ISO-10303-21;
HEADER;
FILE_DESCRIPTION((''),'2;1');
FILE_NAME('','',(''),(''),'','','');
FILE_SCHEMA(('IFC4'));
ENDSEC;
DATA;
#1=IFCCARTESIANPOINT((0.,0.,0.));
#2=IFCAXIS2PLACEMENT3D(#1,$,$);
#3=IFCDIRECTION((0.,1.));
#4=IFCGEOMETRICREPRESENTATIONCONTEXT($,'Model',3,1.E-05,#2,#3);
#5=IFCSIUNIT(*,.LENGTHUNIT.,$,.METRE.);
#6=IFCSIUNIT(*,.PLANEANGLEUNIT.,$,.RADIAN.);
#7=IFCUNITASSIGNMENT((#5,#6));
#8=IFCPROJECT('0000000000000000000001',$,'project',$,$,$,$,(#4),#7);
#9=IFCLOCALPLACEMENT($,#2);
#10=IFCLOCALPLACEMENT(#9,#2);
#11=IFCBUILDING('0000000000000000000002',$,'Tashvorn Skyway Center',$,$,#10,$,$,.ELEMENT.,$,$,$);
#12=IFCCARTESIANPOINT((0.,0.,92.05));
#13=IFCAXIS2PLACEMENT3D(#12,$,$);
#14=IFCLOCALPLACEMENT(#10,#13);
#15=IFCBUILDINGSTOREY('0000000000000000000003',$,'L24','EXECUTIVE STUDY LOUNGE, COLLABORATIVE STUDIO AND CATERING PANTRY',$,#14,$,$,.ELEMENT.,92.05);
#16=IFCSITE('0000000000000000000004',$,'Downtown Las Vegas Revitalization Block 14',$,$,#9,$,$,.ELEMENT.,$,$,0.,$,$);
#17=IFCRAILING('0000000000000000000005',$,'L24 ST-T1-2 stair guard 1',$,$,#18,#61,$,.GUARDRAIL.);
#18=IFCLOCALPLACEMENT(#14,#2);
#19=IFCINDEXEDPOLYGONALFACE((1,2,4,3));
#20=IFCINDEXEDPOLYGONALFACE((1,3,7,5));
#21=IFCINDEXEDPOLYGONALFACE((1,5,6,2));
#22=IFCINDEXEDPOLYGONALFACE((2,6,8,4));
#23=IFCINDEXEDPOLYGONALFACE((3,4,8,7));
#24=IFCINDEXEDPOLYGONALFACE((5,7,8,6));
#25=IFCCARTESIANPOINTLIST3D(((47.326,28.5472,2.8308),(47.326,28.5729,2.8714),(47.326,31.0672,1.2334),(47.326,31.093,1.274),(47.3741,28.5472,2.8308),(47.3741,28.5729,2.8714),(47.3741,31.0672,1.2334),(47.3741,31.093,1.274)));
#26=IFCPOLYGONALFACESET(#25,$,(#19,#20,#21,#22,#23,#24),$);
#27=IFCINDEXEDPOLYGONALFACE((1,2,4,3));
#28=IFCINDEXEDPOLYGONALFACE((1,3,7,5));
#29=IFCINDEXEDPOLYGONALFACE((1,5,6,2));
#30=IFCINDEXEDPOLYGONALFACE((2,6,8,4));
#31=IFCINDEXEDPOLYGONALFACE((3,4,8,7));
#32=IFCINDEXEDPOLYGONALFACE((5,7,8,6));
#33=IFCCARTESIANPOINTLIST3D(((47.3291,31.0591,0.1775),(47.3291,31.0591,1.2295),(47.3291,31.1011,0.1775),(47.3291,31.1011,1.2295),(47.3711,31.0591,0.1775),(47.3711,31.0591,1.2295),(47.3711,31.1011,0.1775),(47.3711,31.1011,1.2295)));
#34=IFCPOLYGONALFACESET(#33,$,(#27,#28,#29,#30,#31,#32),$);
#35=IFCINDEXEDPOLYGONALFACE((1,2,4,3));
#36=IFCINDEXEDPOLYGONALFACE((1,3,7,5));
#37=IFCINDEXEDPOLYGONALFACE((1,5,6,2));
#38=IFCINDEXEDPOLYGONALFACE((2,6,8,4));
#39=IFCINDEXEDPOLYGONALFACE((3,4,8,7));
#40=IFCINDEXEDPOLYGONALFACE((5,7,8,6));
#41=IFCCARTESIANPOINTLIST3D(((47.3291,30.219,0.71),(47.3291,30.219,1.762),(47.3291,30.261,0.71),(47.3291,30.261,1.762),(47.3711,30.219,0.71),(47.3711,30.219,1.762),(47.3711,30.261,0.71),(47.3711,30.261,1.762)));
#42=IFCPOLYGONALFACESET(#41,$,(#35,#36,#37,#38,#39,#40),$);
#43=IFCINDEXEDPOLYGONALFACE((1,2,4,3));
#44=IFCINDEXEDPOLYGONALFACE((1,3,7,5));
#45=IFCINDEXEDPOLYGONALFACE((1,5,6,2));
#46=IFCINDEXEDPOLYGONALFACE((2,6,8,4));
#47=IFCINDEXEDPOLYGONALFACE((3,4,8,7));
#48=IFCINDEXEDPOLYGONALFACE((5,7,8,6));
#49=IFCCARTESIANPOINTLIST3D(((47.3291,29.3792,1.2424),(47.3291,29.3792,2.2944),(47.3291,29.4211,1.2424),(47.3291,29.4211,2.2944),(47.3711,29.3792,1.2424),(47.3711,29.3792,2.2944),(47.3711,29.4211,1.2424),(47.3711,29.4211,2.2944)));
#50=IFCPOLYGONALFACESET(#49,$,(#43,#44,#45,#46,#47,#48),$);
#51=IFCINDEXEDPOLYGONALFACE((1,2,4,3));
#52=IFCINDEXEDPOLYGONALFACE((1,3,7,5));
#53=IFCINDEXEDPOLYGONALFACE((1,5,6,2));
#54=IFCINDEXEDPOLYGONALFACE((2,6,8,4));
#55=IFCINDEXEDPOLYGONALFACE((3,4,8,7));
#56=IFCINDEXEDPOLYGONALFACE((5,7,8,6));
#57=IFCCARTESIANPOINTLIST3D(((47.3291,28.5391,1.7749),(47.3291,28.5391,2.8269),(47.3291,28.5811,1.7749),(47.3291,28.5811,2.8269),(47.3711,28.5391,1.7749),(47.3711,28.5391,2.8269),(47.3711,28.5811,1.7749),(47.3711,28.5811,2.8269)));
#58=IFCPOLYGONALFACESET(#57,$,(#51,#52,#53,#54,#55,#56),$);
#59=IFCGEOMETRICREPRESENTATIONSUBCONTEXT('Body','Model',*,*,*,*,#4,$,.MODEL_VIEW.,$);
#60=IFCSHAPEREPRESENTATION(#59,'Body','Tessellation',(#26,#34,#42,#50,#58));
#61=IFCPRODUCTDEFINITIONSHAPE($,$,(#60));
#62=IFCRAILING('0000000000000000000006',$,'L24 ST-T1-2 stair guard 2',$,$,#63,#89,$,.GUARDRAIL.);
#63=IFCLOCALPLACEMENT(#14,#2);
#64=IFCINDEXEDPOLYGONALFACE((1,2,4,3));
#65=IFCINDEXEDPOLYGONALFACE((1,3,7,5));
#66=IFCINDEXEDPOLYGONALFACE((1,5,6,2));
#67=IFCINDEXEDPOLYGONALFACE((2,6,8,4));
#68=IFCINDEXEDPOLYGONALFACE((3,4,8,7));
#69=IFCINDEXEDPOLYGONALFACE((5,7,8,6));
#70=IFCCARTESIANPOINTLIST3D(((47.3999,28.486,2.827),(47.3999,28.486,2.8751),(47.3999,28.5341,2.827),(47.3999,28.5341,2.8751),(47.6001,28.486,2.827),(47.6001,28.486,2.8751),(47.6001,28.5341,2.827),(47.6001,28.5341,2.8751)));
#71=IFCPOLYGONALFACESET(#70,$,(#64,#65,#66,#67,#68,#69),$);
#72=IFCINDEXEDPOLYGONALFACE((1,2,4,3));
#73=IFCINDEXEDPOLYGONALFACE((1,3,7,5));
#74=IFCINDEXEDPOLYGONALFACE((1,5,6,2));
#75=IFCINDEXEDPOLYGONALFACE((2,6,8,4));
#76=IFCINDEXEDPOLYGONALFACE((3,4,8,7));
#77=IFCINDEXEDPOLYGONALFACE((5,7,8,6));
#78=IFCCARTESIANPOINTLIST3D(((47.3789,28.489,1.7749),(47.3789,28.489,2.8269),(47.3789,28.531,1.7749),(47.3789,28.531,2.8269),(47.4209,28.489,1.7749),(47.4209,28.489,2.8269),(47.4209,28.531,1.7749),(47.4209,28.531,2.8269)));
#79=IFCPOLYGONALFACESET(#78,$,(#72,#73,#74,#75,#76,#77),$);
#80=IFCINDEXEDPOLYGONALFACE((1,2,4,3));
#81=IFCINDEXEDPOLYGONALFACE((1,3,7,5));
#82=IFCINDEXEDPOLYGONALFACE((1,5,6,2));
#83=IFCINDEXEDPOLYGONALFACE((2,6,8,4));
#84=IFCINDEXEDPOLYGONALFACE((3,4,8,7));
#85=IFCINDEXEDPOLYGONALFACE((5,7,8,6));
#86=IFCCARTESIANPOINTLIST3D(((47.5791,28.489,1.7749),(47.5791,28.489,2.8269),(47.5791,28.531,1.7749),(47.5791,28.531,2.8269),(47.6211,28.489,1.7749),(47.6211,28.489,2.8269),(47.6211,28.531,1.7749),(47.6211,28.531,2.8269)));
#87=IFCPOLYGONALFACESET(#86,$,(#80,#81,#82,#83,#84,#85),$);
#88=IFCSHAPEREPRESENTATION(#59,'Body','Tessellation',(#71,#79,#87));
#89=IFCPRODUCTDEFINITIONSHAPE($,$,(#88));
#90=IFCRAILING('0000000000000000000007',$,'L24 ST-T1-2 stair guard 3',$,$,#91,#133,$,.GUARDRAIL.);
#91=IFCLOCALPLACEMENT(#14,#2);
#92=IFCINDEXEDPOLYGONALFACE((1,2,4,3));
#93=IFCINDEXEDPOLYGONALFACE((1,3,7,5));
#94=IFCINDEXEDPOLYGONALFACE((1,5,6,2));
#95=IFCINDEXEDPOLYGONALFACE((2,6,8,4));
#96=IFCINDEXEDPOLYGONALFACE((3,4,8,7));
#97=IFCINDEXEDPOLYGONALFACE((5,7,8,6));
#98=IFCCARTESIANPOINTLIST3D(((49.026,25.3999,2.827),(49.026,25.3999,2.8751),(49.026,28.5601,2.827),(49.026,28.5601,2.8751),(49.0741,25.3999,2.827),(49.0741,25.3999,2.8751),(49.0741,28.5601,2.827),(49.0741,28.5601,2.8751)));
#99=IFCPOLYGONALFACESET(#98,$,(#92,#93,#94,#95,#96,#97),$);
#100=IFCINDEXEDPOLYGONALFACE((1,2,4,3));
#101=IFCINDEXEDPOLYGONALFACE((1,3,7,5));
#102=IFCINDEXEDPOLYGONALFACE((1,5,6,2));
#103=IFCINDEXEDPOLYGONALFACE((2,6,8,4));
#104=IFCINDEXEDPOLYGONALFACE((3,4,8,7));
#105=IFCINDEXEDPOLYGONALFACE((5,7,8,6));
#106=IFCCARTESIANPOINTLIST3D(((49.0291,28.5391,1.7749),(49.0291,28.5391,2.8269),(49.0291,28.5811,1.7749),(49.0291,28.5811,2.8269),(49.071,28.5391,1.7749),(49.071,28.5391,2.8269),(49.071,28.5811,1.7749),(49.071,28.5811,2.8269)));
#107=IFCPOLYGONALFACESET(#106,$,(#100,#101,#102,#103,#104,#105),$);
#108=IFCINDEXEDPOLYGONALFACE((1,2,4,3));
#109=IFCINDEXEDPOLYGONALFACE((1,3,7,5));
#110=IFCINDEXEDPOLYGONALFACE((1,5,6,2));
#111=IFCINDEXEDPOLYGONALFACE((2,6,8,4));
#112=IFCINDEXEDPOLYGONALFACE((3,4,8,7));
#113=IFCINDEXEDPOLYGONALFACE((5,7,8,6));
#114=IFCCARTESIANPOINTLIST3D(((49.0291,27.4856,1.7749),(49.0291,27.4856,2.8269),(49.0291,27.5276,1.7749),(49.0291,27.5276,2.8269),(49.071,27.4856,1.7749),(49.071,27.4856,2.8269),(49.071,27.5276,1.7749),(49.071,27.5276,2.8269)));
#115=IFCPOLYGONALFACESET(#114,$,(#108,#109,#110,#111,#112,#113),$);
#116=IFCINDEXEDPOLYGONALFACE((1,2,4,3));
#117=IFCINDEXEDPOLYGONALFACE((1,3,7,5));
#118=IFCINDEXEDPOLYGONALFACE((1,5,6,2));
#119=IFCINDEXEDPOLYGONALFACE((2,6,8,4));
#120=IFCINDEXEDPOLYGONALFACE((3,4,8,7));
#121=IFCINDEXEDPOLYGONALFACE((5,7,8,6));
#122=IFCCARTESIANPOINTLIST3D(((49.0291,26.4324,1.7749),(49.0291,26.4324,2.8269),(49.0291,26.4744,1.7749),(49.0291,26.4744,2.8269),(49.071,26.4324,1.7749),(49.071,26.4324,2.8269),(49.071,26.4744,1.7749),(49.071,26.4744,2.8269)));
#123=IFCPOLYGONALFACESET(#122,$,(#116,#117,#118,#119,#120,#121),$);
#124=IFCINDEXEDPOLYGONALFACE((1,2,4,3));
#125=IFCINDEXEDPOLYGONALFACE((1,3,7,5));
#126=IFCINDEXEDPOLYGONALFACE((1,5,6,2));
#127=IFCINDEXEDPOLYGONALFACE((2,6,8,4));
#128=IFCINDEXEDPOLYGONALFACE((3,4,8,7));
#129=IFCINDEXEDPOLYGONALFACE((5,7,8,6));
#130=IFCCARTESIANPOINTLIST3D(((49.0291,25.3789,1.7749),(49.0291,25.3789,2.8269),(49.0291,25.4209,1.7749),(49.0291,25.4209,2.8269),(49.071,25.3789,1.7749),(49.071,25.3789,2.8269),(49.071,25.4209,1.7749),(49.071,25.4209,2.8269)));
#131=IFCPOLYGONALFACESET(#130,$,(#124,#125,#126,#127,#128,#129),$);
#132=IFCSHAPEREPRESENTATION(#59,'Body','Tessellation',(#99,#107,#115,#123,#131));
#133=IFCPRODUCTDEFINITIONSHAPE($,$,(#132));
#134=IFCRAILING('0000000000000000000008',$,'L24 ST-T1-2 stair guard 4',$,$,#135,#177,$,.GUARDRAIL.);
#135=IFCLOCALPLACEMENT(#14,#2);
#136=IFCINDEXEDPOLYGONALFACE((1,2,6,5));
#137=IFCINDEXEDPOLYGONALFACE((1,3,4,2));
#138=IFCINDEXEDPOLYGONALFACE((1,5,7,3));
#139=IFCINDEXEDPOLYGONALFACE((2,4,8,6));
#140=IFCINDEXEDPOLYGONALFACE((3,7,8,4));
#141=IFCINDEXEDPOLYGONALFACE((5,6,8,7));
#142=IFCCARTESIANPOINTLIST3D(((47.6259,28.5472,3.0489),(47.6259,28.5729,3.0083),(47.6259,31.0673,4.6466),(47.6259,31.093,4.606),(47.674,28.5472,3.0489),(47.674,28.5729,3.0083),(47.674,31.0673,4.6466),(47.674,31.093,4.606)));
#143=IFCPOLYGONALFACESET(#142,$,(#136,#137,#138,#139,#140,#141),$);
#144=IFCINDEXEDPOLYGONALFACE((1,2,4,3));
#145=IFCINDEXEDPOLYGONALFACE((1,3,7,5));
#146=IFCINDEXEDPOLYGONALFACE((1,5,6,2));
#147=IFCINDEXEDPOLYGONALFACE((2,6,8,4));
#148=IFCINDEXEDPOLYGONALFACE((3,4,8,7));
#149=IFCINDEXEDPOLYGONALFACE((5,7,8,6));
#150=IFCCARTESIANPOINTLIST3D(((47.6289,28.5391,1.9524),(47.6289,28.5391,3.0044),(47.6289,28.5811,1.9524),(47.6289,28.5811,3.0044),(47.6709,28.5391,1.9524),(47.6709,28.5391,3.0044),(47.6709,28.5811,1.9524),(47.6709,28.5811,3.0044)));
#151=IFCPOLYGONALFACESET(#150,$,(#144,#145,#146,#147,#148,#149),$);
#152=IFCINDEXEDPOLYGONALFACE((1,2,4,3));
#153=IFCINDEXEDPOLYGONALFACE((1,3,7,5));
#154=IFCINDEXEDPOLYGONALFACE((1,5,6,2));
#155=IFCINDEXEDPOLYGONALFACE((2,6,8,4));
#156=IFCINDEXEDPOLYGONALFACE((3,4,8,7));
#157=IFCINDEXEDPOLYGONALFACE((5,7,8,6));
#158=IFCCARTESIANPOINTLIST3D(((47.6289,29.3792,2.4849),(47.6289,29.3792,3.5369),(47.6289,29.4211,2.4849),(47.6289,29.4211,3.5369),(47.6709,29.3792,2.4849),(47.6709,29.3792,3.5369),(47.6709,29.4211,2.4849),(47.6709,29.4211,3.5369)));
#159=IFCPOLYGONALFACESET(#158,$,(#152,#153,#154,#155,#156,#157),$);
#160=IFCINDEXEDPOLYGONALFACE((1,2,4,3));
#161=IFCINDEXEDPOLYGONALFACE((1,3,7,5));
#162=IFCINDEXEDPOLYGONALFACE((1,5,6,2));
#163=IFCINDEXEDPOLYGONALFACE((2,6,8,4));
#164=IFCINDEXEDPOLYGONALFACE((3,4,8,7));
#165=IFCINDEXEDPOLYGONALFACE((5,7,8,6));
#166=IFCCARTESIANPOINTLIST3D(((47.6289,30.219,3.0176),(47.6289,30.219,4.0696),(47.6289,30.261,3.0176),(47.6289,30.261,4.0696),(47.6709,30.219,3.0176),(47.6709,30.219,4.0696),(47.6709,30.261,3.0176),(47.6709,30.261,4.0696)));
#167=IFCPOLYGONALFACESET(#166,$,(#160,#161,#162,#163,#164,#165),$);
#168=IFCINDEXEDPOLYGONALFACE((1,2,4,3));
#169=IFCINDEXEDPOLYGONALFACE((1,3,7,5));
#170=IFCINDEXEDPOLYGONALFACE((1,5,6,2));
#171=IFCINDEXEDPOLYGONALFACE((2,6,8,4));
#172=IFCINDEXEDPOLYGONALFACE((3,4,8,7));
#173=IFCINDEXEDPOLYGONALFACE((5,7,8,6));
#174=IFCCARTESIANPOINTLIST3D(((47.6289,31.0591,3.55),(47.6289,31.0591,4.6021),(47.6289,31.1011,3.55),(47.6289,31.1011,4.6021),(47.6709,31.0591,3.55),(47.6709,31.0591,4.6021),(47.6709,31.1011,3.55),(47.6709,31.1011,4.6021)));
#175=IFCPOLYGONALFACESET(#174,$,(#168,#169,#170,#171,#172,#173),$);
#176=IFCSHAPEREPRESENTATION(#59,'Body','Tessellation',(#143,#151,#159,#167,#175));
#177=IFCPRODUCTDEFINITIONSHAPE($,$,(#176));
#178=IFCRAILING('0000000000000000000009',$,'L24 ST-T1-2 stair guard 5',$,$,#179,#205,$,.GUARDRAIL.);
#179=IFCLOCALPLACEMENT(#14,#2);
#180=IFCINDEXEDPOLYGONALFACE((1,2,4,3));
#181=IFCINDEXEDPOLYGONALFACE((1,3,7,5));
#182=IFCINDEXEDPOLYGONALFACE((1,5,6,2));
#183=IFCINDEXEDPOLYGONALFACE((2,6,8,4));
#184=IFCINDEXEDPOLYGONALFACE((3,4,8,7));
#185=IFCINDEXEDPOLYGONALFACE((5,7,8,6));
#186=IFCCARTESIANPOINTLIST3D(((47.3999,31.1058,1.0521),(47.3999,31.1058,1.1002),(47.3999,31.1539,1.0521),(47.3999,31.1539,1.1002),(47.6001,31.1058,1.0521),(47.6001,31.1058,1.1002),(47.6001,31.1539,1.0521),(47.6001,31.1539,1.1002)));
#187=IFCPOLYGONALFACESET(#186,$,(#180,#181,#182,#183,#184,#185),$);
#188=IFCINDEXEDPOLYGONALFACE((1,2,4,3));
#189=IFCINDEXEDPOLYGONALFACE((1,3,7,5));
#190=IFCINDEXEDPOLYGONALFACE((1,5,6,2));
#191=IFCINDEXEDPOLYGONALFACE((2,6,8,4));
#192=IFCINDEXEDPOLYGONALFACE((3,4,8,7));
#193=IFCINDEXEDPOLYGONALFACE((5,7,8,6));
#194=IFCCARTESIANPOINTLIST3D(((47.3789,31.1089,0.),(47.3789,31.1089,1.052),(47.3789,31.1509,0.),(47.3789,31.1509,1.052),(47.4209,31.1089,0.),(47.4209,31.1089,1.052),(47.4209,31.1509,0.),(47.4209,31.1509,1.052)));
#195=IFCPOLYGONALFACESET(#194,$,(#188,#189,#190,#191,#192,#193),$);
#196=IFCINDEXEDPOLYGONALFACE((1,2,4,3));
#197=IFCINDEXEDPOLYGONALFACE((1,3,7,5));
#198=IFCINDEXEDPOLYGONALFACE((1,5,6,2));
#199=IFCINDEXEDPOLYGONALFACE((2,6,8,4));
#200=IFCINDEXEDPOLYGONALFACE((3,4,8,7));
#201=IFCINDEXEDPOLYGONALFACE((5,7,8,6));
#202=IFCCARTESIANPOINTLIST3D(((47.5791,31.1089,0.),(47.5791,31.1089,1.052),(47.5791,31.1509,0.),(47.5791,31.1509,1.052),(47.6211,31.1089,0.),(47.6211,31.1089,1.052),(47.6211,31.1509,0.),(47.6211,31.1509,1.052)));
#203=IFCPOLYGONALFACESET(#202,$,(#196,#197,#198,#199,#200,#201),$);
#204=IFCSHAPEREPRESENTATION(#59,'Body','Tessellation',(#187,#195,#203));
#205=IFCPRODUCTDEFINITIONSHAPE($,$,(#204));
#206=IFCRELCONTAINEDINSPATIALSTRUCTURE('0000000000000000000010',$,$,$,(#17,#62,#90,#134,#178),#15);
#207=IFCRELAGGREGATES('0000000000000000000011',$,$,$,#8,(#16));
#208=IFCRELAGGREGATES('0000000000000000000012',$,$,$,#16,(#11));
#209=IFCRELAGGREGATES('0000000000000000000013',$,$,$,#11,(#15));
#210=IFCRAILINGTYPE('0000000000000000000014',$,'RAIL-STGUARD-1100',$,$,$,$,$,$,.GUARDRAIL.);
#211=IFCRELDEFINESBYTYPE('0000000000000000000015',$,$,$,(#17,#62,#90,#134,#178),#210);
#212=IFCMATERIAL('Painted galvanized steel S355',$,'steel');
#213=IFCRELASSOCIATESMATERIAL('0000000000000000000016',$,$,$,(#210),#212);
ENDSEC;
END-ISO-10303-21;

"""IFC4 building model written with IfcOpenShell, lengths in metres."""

from ifc_helpers import new_model, si_unit, direction, frame, origin, origin_2d, place, context, subcontext, project, spatial, rectangle, extrude, material, type_object, element, save


model = new_model("IFC4")

# Units and contexts
model_context = context("Model", 3, precision=1e-05, world=origin(), true_north=direction((0.0, 1.0)))
body_context = subcontext(model_context, "Body", "Model", "MODEL_VIEW")
ifc_project = project(units=[si_unit("LENGTHUNIT", "METRE"), si_unit("PLANEANGLEUNIT", "RADIAN")], contexts=[model_context])

# Site, building, storey
site_placement = place(None, origin())
site = spatial("IfcSite", under=ifc_project, at=site_placement, Name="Downtown Las Vegas Revitalization Block 14", CompositionType="ELEMENT", RefElevation=0.0)
building_placement = place(site_placement, origin())
building = spatial("IfcBuilding", under=site, at=building_placement, Name="Tashvorn Skyway Center", CompositionType="ELEMENT")
storey_placement = place(building_placement, frame((0.0, 0.0, 92.05)))
storey = spatial("IfcBuildingStorey", under=building, at=storey_placement, Name="L24", Description="EXECUTIVE STUDY LOUNGE, COLLABORATIVE STUDIO AND CATERING PANTRY", CompositionType="ELEMENT", Elevation=92.05)

# Railings
ifc_material_1 = material(Name="Painted galvanized steel S355", Category="steel")
railing_type_1 = type_object("IfcRailingType", Name="RAIL-STGUARD-1100", PredefinedType="GUARDRAIL", material=ifc_material_1)
railing_1_placement = place(storey_placement, frame((47.3501, 31.0801, 0.1775)))
element("IfcRailing", 1, at=railing_1_placement, inside=storey, type_object=railing_type_1, Name="L24 ST-T1-2 stair guard 1", PredefinedType="GUARDRAIL", context=body_context, shape_type="SweptSolid", body=[
    extrude(rectangle(XDim=0.0481, YDim=0.0481, at=origin_2d()), frame((0.0, 0.0, 1.0762), z_axis=(0.0, -0.844607, 0.535387), x_axis=(1.0, 0.0, 0.0)), (0.0, 0.0, 1.0), 2.9836),
    extrude(rectangle(XDim=0.042, YDim=0.042, at=origin_2d()), origin(), (0.0, 0.0, 1.0), 1.052),
    extrude(rectangle(XDim=0.042, YDim=0.042, at=origin_2d()), frame((0.0, -0.8401, 0.5325)), (0.0, 0.0, 1.0), 1.052),
    extrude(rectangle(XDim=0.042, YDim=0.042, at=origin_2d()), frame((0.0, -1.6799, 1.0649)), (0.0, 0.0, 1.0), 1.052),
    extrude(rectangle(XDim=0.042, YDim=0.042, at=origin_2d()), frame((0.0, -2.52, 1.5974)), (0.0, 0.0, 1.0), 1.052),
])
railing_2_placement = place(storey_placement, frame((47.3999, 28.51, 1.7749)))
element("IfcRailing", 2, at=railing_2_placement, inside=storey, type_object=railing_type_1, Name="L24 ST-T1-2 stair guard 2", PredefinedType="GUARDRAIL", context=body_context, shape_type="SweptSolid", body=[
    extrude(rectangle(XDim=0.0481, YDim=0.0481, at=origin_2d()), frame((0.0, 0.0, 1.0762), z_axis=(1.0, 0.0, 0.0), x_axis=(0.0, 1.0, 0.0)), (0.0, 0.0, 1.0), 0.2002),
    extrude(rectangle(XDim=0.042, YDim=0.042, at=origin_2d()), origin(), (0.0, 0.0, 1.0), 1.052),
    extrude(rectangle(XDim=0.042, YDim=0.042, at=origin_2d()), frame((0.2002, 0.0, 0.0)), (0.0, 0.0, 1.0), 1.052),
])
railing_3_placement = place(storey_placement, frame((49.05, 28.5601, 1.7749)))
element("IfcRailing", 3, at=railing_3_placement, inside=storey, type_object=railing_type_1, Name="L24 ST-T1-2 stair guard 3", PredefinedType="GUARDRAIL", context=body_context, shape_type="SweptSolid", body=[
    extrude(rectangle(XDim=0.0481, YDim=0.0481, at=origin_2d()), frame((0.0, 0.0, 1.0762), z_axis=(0.0, -1.0, 0.0), x_axis=(1.0, 0.0, 0.0)), (0.0, 0.0, 1.0), 3.1602),
    extrude(rectangle(XDim=0.042, YDim=0.042, at=origin_2d()), origin(), (0.0, 0.0, 1.0), 1.052),
    extrude(rectangle(XDim=0.042, YDim=0.042, at=origin_2d()), frame((0.0, -1.0535, 0.0)), (0.0, 0.0, 1.0), 1.052),
    extrude(rectangle(XDim=0.042, YDim=0.042, at=origin_2d()), frame((0.0, -2.1067, 0.0)), (0.0, 0.0, 1.0), 1.052),
    extrude(rectangle(XDim=0.042, YDim=0.042, at=origin_2d()), frame((0.0, -3.1602, 0.0)), (0.0, 0.0, 1.0), 1.052),
])
railing_4_placement = place(storey_placement, frame((47.6499, 28.5601, 1.9524)))
element("IfcRailing", 4, at=railing_4_placement, inside=storey, type_object=railing_type_1, Name="L24 ST-T1-2 stair guard 4", PredefinedType="GUARDRAIL", context=body_context, shape_type="SweptSolid", body=[
    extrude(rectangle(XDim=0.0481, YDim=0.0481, at=origin_2d()), frame((0.0, 0.0, 1.0762), z_axis=(0.0, 0.84457, 0.535445), x_axis=(-1.0, 0.0, 0.0)), (0.0, 0.0, 1.0), 2.9839),
    extrude(rectangle(XDim=0.042, YDim=0.042, at=origin_2d()), origin(), (0.0, 0.0, 1.0), 1.052),
    extrude(rectangle(XDim=0.042, YDim=0.042, at=origin_2d()), frame((0.0, 0.8401, 0.5325)), (0.0, 0.0, 1.0), 1.052),
    extrude(rectangle(XDim=0.042, YDim=0.042, at=origin_2d()), frame((0.0, 1.6799, 1.0652)), (0.0, 0.0, 1.0), 1.052),
    extrude(rectangle(XDim=0.042, YDim=0.042, at=origin_2d()), frame((0.0, 2.52, 1.5977)), (0.0, 0.0, 1.0), 1.052),
])
railing_5_placement = place(storey_placement, frame((47.3999, 31.1299, 0.0)))
element("IfcRailing", 5, at=railing_5_placement, inside=storey, type_object=railing_type_1, Name="L24 ST-T1-2 stair guard 5", PredefinedType="GUARDRAIL", context=body_context, shape_type="SweptSolid", body=[
    extrude(rectangle(XDim=0.0481, YDim=0.0481, at=origin_2d()), frame((0.0, 0.0, 1.0762), z_axis=(1.0, 0.0, 0.0), x_axis=(0.0, 1.0, 0.0)), (0.0, 0.0, 1.0), 0.2002),
    extrude(rectangle(XDim=0.042, YDim=0.042, at=origin_2d()), origin(), (0.0, 0.0, 1.0), 1.052),
    extrude(rectangle(XDim=0.042, YDim=0.042, at=origin_2d()), frame((0.2002, 0.0, 0.0)), (0.0, 0.0, 1.0), 1.052),
])

save(model, "model.ifc")
